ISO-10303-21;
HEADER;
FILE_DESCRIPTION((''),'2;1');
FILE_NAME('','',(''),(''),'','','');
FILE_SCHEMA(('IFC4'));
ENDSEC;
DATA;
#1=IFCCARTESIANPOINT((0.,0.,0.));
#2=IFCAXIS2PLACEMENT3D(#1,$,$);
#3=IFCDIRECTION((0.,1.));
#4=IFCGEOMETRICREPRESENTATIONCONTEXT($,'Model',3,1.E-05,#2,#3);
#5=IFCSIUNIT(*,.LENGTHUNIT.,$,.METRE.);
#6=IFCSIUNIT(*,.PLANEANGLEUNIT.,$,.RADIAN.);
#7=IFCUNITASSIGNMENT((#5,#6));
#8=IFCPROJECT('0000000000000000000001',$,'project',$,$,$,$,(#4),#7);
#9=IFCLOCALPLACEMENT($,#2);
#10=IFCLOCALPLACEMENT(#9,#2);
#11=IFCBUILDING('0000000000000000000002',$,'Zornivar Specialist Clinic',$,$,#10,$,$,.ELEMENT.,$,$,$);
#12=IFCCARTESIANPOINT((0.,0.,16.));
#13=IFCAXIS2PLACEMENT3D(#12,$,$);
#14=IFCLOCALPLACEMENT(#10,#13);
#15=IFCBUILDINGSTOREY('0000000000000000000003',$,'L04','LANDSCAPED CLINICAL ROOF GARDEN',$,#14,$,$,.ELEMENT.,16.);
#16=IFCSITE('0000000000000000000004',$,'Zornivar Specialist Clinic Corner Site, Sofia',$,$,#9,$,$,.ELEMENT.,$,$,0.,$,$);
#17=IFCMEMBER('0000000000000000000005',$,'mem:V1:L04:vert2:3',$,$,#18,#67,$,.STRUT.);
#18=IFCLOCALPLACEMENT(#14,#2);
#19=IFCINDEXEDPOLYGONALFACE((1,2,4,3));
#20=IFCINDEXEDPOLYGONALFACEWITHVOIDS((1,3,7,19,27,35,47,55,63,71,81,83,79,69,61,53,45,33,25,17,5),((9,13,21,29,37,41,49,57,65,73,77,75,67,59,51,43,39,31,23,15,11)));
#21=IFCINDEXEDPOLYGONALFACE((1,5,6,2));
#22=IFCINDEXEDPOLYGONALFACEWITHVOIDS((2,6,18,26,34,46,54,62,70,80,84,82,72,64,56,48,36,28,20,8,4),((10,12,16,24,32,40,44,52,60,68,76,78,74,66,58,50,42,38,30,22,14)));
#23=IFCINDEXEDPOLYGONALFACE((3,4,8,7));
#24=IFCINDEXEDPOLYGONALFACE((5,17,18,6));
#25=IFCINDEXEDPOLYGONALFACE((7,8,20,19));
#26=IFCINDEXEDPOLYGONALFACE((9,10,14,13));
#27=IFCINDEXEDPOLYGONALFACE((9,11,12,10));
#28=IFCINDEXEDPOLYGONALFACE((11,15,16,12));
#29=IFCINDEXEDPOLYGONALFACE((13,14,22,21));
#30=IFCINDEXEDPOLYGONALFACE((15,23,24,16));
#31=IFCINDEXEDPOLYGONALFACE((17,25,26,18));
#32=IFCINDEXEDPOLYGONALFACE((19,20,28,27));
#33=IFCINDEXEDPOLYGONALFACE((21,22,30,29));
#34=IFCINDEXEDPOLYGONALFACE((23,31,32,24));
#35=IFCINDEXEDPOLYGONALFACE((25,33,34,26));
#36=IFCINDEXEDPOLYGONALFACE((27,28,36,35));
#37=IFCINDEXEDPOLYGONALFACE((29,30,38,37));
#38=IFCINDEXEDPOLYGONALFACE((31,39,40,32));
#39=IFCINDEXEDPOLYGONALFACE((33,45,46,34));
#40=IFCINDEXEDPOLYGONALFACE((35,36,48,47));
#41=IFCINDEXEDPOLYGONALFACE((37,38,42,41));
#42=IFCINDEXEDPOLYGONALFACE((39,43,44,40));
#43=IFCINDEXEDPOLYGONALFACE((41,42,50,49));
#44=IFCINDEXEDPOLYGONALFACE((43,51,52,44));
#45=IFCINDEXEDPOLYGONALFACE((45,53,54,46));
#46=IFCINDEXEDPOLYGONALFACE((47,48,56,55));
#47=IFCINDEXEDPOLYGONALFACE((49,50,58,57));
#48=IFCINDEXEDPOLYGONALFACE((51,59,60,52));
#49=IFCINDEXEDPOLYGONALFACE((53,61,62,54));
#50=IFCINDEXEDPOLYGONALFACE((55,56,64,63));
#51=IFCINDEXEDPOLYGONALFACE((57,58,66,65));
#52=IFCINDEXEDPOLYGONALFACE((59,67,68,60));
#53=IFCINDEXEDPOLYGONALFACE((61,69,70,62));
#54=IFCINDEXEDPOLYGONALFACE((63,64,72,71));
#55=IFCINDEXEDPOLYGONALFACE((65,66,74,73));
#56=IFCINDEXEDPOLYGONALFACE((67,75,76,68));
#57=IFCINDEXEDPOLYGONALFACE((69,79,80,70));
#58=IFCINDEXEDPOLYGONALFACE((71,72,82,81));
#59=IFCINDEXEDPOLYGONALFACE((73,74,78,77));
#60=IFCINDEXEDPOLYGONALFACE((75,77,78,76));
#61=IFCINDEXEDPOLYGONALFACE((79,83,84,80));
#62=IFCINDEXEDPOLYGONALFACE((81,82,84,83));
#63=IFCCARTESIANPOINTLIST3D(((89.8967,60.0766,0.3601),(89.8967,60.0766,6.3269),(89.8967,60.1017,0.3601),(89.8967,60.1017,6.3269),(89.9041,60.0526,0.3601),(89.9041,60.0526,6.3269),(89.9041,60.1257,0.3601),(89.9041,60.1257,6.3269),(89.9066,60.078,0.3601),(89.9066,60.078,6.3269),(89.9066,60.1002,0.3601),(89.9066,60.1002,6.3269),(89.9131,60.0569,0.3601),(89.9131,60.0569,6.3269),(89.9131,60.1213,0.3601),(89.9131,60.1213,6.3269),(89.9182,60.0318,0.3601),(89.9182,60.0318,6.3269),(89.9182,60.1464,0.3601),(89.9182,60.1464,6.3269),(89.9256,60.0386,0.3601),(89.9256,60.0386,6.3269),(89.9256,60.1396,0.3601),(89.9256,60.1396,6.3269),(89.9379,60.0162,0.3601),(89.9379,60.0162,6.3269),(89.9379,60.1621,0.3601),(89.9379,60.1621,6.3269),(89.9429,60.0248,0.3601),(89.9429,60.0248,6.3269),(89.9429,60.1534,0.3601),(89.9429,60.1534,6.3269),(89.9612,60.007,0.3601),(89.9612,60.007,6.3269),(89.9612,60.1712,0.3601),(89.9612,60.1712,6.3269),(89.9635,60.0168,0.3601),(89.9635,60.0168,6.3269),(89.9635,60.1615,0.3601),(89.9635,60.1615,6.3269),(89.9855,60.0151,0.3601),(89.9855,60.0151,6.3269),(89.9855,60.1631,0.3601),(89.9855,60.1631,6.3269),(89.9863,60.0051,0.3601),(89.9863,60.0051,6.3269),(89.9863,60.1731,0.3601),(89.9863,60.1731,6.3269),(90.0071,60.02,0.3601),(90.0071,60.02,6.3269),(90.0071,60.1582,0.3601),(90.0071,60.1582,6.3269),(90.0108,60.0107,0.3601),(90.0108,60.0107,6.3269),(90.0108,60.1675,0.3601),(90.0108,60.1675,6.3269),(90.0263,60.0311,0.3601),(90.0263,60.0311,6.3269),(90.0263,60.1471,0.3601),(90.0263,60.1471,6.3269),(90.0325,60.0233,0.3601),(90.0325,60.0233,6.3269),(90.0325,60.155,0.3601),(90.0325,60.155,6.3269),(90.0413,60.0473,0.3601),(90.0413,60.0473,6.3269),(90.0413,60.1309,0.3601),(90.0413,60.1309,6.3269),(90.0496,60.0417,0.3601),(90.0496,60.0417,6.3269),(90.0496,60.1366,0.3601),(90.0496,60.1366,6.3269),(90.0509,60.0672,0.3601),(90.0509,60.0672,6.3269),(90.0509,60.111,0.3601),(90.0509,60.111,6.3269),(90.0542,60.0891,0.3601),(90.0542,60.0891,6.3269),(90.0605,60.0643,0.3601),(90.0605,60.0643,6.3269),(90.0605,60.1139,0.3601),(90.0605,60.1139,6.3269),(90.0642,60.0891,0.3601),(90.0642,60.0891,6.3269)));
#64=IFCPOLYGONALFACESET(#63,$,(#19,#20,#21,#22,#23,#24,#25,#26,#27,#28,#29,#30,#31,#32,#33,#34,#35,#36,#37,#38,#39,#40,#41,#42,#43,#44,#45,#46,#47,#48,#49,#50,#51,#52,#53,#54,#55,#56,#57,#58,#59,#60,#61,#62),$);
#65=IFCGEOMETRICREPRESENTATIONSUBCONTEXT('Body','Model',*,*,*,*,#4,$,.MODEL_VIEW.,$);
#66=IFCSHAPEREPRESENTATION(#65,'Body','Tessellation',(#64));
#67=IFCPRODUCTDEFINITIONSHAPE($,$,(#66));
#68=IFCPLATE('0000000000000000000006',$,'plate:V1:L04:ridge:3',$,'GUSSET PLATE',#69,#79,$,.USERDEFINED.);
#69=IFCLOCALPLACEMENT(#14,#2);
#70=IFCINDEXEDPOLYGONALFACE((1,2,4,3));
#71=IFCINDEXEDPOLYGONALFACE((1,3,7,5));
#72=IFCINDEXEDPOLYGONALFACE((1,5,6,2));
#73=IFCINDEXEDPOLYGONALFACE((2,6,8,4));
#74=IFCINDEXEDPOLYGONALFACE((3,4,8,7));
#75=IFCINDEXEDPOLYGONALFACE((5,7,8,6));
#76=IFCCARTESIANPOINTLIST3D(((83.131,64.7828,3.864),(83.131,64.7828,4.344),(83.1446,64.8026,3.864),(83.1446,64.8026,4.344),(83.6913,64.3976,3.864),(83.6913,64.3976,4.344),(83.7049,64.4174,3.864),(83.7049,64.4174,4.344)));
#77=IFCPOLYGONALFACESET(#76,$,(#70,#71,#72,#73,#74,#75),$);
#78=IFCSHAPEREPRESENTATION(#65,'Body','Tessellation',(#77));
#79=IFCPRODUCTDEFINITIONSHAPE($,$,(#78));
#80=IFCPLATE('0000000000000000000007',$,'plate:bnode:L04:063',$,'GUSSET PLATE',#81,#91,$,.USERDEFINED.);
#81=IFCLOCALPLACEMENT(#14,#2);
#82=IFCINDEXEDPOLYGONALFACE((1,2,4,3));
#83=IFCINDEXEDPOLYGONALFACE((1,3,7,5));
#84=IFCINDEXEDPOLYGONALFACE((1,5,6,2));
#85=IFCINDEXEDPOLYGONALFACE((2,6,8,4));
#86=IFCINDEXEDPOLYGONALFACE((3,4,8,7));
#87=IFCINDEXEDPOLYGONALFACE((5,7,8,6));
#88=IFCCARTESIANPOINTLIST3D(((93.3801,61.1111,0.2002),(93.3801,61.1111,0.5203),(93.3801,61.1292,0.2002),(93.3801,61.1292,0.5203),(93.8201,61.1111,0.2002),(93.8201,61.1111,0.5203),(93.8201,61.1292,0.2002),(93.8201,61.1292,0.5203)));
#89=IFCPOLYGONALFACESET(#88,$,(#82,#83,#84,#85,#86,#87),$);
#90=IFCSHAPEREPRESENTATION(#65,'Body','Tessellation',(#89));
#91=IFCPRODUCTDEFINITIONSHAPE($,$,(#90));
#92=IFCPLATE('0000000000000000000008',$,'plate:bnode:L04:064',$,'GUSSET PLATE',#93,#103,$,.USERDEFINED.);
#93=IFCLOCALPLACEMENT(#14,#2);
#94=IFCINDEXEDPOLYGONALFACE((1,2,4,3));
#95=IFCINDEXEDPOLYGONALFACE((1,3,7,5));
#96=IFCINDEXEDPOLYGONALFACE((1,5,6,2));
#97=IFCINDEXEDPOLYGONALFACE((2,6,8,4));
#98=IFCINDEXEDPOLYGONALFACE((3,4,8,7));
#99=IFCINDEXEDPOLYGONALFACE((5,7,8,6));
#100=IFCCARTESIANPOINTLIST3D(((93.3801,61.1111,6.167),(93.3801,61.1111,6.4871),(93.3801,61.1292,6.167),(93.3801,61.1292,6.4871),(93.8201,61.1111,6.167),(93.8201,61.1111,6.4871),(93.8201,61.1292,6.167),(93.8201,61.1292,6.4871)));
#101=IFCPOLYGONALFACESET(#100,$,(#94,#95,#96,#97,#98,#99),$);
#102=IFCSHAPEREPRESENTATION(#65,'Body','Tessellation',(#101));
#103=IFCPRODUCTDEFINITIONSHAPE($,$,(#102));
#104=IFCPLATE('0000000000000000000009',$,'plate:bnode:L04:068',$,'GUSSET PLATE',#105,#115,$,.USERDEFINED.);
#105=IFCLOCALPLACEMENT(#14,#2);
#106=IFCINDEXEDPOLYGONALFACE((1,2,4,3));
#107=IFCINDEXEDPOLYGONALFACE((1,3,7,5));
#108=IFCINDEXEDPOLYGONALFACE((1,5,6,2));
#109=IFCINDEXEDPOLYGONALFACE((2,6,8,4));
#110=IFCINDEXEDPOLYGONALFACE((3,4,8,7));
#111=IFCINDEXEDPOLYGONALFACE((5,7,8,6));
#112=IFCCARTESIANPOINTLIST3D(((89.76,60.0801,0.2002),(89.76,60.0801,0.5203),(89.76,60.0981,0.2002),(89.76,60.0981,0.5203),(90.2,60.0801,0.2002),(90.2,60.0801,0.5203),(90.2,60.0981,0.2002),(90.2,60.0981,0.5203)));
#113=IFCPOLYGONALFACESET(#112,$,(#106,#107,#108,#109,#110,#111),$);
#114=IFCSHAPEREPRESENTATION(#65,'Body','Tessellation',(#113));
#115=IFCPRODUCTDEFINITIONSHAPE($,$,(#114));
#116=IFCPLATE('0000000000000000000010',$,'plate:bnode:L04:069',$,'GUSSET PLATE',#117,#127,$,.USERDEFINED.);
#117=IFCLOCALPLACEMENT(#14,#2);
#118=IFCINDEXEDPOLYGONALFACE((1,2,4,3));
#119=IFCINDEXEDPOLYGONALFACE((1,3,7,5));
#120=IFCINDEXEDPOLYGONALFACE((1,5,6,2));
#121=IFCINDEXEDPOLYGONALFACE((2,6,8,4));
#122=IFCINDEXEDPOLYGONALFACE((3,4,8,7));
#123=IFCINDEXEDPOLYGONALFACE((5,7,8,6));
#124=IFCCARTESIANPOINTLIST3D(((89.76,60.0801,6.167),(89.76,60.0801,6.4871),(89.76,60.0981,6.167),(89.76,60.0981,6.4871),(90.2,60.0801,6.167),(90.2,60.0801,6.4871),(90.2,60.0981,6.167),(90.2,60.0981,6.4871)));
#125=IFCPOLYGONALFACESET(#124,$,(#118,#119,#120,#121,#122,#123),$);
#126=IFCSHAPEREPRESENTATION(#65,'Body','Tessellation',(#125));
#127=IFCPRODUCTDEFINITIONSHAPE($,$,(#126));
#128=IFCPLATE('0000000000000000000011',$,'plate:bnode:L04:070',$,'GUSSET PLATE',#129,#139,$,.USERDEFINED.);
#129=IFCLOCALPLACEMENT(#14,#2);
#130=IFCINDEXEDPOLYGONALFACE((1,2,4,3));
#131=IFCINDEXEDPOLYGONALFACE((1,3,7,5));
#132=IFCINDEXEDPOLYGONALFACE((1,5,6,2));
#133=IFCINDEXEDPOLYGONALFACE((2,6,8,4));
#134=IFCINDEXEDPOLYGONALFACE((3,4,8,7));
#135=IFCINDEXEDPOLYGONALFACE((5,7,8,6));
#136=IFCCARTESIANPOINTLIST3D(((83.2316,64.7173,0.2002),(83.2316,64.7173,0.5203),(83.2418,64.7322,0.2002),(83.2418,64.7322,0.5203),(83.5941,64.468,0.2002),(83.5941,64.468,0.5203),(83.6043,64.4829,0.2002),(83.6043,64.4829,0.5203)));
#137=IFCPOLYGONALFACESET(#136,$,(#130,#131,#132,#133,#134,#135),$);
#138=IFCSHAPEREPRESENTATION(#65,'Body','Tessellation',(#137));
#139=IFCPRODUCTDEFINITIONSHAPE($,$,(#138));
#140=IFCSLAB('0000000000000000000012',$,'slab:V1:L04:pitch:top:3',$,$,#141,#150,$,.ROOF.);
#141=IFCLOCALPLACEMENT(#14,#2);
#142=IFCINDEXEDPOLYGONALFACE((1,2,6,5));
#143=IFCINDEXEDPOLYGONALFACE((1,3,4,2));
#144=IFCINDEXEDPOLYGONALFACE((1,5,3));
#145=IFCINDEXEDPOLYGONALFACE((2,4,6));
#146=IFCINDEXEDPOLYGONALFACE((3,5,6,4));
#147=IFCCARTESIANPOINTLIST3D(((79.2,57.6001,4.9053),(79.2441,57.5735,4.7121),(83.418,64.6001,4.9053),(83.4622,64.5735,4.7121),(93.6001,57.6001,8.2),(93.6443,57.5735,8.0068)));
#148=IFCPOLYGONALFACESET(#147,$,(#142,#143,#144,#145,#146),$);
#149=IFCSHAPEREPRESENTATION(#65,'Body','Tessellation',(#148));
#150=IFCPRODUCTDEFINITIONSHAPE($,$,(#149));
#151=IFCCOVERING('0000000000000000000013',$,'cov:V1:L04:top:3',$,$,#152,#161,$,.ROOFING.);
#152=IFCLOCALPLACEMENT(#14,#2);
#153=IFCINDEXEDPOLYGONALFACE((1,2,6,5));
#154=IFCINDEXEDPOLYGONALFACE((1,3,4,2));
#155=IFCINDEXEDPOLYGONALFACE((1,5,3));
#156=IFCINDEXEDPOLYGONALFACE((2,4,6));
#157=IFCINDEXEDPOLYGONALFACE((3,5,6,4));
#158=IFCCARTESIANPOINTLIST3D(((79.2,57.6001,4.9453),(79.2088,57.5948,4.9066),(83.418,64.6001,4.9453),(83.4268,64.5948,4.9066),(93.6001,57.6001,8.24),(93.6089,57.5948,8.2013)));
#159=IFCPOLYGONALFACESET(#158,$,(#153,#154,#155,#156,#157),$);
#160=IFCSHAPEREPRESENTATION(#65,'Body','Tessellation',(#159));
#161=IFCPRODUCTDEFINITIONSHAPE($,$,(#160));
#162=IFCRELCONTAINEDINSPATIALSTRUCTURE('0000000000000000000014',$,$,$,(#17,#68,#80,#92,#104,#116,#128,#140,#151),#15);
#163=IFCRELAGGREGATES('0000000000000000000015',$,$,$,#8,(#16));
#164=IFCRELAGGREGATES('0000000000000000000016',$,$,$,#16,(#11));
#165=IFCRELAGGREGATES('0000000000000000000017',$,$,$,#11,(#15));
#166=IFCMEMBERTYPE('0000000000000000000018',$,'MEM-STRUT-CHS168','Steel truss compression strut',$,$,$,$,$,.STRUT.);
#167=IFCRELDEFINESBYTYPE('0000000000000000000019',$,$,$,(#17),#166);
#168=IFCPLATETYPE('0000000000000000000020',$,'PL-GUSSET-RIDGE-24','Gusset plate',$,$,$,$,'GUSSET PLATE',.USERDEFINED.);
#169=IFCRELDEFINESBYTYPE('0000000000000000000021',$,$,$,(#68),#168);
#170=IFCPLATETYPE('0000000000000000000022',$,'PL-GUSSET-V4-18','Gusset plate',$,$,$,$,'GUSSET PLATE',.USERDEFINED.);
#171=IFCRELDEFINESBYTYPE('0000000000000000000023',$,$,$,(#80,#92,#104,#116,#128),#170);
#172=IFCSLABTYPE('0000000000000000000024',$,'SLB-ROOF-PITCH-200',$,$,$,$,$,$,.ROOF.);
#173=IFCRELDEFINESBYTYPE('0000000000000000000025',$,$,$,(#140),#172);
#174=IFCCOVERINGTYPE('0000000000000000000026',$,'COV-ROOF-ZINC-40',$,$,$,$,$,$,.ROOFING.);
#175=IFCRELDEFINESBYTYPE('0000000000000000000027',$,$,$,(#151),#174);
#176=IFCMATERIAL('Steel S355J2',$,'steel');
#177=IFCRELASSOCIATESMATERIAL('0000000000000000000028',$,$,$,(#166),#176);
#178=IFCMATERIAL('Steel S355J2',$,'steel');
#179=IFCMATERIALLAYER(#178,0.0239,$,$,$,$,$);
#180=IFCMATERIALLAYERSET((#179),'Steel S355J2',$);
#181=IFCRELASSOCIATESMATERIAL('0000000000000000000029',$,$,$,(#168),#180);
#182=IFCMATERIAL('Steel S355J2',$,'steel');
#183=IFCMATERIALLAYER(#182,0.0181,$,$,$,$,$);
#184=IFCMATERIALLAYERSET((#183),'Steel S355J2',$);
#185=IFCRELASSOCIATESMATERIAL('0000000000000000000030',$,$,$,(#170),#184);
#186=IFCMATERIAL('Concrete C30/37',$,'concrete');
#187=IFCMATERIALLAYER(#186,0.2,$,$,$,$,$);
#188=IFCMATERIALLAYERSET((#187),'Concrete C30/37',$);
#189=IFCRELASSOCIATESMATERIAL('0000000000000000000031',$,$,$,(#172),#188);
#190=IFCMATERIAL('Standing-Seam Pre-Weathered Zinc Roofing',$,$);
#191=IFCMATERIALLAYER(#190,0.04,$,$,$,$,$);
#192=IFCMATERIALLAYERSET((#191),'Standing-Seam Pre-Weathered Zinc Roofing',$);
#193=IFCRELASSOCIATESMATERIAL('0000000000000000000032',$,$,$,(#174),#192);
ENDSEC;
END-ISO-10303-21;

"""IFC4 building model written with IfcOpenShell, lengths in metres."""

from ifc_helpers import new_model, si_unit, direction, frame, origin, origin_2d, place, context, subcontext, project, spatial, polyline, rectangle, hollow_circle, outline, extrude, material, layer, layer_set, material_profile, profile_set, type_object, element, save


model = new_model("IFC4")

# Units and contexts
model_context = context("Model", 3, precision=1e-05, world=origin(), true_north=direction((0.0, 1.0)))
body_context = subcontext(model_context, "Body", "Model", "MODEL_VIEW")
ifc_project = project(units=[si_unit("LENGTHUNIT", "METRE"), si_unit("PLANEANGLEUNIT", "RADIAN")], contexts=[model_context])

# Site, building, storey
site_placement = place(None, origin())
site = spatial("IfcSite", under=ifc_project, at=site_placement, Name="Zornivar Specialist Clinic Corner Site, Sofia", CompositionType="ELEMENT", RefElevation=0.0)
building_placement = place(site_placement, origin())
building = spatial("IfcBuilding", under=site, at=building_placement, Name="Zornivar Specialist Clinic", CompositionType="ELEMENT")
storey_placement = place(building_placement, frame((0.0, 0.0, 16.0)))
storey = spatial("IfcBuildingStorey", under=building, at=storey_placement, Name="L04", Description="LANDSCAPED CLINICAL ROOF GARDEN", CompositionType="ELEMENT", Elevation=16.0)

# Member
ifc_material_1 = material(Name="Steel S355J2", Category="steel")
ifc_material_profile_1 = material_profile(ifc_material_1, hollow_circle(Radius=0.0842, WallThickness=0.01, at=origin_2d()), Name="CHS 168.3x10")
ifc_profile_set_1 = profile_set([ifc_material_profile_1], Name="Steel S355J2")
member_type_1 = type_object("IfcMemberType", Name="MEM-STRUT-CHS168", Description="Steel truss compression strut", PredefinedType="STRUT", material=ifc_profile_set_1)
for number, where, z_axis, x_axis, name in (
    (1, (89.98, 60.0891, 0.3601), (0.0, 0.0, 1.0), (1.0, 0.0, 0.0), "mem:V1:L04:vert2:3"),
):
    element("IfcMember", number, at=place(storey_placement, frame(where, z_axis=z_axis, x_axis=x_axis)), inside=storey, type_object=member_type_1, Name=name, PredefinedType="STRUT", context=body_context, shape_type="SweptSolid", body=[
        extrude(hollow_circle(Radius=0.0842, WallThickness=0.01, at=origin_2d()), origin(), (0.0, 0.0, 1.0), 5.9668),
    ])

# Plates
ifc_material_2 = material(Name="Steel S355J2", Category="steel")
ifc_layer_1 = layer(ifc_material_2, 0.0239)
ifc_layer_set_1 = layer_set([ifc_layer_1], Name="Steel S355J2")
plate_type_1 = type_object("IfcPlateType", Name="PL-GUSSET-RIDGE-24", Description="Gusset plate", ElementType="GUSSET PLATE", PredefinedType="USERDEFINED", material=ifc_layer_set_1)
plate_placement = place(storey_placement, frame((83.418, 64.6001, 3.864), z_axis=(0.0, 0.0, 1.0), x_axis=(-0.824043, 0.566527, 0.0)))
element("IfcPlate", 2, at=plate_placement, inside=storey, type_object=plate_type_1, Name="plate:V1:L04:ridge:3", ObjectType="GUSSET PLATE", PredefinedType="USERDEFINED", context=body_context, shape_type="SweptSolid", body=[
    extrude(rectangle(XDim=0.6799, YDim=0.0239, at=origin_2d()), origin(), (0.0, 0.0, 1.0), 0.48),
])
ifc_material_3 = material(Name="Steel S355J2", Category="steel")
ifc_layer_2 = layer(ifc_material_3, 0.0181)
ifc_layer_set_2 = layer_set([ifc_layer_2], Name="Steel S355J2")
plate_type_2 = type_object("IfcPlateType", Name="PL-GUSSET-V4-18", Description="Gusset plate", ElementType="GUSSET PLATE", PredefinedType="USERDEFINED", material=ifc_layer_set_2)
for number, where, z_axis, x_axis, name in (
    (3, (93.6001, 61.1201, 0.2002), (0.0, 0.0, 1.0), (1.0, 0.0, 0.0), "plate:bnode:L04:063"),
    (4, (93.6001, 61.1201, 6.167), (0.0, 0.0, 1.0), (1.0, 0.0, 0.0), "plate:bnode:L04:064"),
    (5, (89.98, 60.0891, 0.2002), (0.0, 0.0, 1.0), (1.0, 0.0, 0.0), "plate:bnode:L04:068"),
    (6, (89.98, 60.0891, 6.167), (0.0, 0.0, 1.0), (1.0, 0.0, 0.0), "plate:bnode:L04:069"),
    (7, (83.418, 64.6001, 0.2002), (0.0, 0.0, 1.0), (-0.824027, 0.56655, 0.0), "plate:bnode:L04:070"),
):
    element("IfcPlate", number, at=place(storey_placement, frame(where, z_axis=z_axis, x_axis=x_axis)), inside=storey, type_object=plate_type_2, Name=name, ObjectType="GUSSET PLATE", PredefinedType="USERDEFINED", context=body_context, shape_type="SweptSolid", body=[
        extrude(rectangle(XDim=0.4399, YDim=0.0181, at=origin_2d()), origin(), (0.0, 0.0, 1.0), 0.3201),
    ])

# Slab
ifc_material_4 = material(Name="Concrete C30/37", Category="concrete")
ifc_layer_3 = layer(ifc_material_4, 0.2)
ifc_layer_set_3 = layer_set([ifc_layer_3], Name="Concrete C30/37")
slab_type = type_object("IfcSlabType", Name="SLB-ROOF-PITCH-200", PredefinedType="ROOF", material=ifc_layer_set_3)
slab_placement = place(storey_placement, frame((83.418, 64.6001, 4.9053), z_axis=(-0.221044, 0.133196, 0.966125), x_axis=(-0.516116, -0.856519, 0.0)))
element("IfcSlab", 8, at=slab_placement, inside=storey, type_object=slab_type, Name="slab:V1:L04:pitch:top:3", PredefinedType="ROOF", context=body_context, shape_type="SweptSolid", body=[
    extrude(outline(polyline([(0.0, 0.0), (8.1726, 0.0), (0.7405, 12.7665), (0.0, 0.0)])), origin(), (0.0, 0.0, -1.0), 0.2),
])

# Covering
ifc_material_5 = material(Name="Standing-Seam Pre-Weathered Zinc Roofing")
ifc_layer_4 = layer(ifc_material_5, 0.04)
ifc_layer_set_4 = layer_set([ifc_layer_4], Name="Standing-Seam Pre-Weathered Zinc Roofing")
covering_type = type_object("IfcCoveringType", Name="COV-ROOF-ZINC-40", PredefinedType="ROOFING", material=ifc_layer_set_4)
covering_placement = place(storey_placement, frame((83.418, 64.6001, 4.9453), z_axis=(-0.221044, 0.133196, 0.966125), x_axis=(-0.516116, -0.856519, 0.0)))
element("IfcCovering", 9, at=covering_placement, inside=storey, type_object=covering_type, Name="cov:V1:L04:top:3", PredefinedType="ROOFING", context=body_context, shape_type="SweptSolid", body=[
    extrude(outline(polyline([(0.0, 0.0), (8.1726, 0.0), (0.7405, 12.7665), (0.0, 0.0)])), origin(), (0.0, 0.0, -1.0), 0.04),
])

save(model, "model.ifc")
